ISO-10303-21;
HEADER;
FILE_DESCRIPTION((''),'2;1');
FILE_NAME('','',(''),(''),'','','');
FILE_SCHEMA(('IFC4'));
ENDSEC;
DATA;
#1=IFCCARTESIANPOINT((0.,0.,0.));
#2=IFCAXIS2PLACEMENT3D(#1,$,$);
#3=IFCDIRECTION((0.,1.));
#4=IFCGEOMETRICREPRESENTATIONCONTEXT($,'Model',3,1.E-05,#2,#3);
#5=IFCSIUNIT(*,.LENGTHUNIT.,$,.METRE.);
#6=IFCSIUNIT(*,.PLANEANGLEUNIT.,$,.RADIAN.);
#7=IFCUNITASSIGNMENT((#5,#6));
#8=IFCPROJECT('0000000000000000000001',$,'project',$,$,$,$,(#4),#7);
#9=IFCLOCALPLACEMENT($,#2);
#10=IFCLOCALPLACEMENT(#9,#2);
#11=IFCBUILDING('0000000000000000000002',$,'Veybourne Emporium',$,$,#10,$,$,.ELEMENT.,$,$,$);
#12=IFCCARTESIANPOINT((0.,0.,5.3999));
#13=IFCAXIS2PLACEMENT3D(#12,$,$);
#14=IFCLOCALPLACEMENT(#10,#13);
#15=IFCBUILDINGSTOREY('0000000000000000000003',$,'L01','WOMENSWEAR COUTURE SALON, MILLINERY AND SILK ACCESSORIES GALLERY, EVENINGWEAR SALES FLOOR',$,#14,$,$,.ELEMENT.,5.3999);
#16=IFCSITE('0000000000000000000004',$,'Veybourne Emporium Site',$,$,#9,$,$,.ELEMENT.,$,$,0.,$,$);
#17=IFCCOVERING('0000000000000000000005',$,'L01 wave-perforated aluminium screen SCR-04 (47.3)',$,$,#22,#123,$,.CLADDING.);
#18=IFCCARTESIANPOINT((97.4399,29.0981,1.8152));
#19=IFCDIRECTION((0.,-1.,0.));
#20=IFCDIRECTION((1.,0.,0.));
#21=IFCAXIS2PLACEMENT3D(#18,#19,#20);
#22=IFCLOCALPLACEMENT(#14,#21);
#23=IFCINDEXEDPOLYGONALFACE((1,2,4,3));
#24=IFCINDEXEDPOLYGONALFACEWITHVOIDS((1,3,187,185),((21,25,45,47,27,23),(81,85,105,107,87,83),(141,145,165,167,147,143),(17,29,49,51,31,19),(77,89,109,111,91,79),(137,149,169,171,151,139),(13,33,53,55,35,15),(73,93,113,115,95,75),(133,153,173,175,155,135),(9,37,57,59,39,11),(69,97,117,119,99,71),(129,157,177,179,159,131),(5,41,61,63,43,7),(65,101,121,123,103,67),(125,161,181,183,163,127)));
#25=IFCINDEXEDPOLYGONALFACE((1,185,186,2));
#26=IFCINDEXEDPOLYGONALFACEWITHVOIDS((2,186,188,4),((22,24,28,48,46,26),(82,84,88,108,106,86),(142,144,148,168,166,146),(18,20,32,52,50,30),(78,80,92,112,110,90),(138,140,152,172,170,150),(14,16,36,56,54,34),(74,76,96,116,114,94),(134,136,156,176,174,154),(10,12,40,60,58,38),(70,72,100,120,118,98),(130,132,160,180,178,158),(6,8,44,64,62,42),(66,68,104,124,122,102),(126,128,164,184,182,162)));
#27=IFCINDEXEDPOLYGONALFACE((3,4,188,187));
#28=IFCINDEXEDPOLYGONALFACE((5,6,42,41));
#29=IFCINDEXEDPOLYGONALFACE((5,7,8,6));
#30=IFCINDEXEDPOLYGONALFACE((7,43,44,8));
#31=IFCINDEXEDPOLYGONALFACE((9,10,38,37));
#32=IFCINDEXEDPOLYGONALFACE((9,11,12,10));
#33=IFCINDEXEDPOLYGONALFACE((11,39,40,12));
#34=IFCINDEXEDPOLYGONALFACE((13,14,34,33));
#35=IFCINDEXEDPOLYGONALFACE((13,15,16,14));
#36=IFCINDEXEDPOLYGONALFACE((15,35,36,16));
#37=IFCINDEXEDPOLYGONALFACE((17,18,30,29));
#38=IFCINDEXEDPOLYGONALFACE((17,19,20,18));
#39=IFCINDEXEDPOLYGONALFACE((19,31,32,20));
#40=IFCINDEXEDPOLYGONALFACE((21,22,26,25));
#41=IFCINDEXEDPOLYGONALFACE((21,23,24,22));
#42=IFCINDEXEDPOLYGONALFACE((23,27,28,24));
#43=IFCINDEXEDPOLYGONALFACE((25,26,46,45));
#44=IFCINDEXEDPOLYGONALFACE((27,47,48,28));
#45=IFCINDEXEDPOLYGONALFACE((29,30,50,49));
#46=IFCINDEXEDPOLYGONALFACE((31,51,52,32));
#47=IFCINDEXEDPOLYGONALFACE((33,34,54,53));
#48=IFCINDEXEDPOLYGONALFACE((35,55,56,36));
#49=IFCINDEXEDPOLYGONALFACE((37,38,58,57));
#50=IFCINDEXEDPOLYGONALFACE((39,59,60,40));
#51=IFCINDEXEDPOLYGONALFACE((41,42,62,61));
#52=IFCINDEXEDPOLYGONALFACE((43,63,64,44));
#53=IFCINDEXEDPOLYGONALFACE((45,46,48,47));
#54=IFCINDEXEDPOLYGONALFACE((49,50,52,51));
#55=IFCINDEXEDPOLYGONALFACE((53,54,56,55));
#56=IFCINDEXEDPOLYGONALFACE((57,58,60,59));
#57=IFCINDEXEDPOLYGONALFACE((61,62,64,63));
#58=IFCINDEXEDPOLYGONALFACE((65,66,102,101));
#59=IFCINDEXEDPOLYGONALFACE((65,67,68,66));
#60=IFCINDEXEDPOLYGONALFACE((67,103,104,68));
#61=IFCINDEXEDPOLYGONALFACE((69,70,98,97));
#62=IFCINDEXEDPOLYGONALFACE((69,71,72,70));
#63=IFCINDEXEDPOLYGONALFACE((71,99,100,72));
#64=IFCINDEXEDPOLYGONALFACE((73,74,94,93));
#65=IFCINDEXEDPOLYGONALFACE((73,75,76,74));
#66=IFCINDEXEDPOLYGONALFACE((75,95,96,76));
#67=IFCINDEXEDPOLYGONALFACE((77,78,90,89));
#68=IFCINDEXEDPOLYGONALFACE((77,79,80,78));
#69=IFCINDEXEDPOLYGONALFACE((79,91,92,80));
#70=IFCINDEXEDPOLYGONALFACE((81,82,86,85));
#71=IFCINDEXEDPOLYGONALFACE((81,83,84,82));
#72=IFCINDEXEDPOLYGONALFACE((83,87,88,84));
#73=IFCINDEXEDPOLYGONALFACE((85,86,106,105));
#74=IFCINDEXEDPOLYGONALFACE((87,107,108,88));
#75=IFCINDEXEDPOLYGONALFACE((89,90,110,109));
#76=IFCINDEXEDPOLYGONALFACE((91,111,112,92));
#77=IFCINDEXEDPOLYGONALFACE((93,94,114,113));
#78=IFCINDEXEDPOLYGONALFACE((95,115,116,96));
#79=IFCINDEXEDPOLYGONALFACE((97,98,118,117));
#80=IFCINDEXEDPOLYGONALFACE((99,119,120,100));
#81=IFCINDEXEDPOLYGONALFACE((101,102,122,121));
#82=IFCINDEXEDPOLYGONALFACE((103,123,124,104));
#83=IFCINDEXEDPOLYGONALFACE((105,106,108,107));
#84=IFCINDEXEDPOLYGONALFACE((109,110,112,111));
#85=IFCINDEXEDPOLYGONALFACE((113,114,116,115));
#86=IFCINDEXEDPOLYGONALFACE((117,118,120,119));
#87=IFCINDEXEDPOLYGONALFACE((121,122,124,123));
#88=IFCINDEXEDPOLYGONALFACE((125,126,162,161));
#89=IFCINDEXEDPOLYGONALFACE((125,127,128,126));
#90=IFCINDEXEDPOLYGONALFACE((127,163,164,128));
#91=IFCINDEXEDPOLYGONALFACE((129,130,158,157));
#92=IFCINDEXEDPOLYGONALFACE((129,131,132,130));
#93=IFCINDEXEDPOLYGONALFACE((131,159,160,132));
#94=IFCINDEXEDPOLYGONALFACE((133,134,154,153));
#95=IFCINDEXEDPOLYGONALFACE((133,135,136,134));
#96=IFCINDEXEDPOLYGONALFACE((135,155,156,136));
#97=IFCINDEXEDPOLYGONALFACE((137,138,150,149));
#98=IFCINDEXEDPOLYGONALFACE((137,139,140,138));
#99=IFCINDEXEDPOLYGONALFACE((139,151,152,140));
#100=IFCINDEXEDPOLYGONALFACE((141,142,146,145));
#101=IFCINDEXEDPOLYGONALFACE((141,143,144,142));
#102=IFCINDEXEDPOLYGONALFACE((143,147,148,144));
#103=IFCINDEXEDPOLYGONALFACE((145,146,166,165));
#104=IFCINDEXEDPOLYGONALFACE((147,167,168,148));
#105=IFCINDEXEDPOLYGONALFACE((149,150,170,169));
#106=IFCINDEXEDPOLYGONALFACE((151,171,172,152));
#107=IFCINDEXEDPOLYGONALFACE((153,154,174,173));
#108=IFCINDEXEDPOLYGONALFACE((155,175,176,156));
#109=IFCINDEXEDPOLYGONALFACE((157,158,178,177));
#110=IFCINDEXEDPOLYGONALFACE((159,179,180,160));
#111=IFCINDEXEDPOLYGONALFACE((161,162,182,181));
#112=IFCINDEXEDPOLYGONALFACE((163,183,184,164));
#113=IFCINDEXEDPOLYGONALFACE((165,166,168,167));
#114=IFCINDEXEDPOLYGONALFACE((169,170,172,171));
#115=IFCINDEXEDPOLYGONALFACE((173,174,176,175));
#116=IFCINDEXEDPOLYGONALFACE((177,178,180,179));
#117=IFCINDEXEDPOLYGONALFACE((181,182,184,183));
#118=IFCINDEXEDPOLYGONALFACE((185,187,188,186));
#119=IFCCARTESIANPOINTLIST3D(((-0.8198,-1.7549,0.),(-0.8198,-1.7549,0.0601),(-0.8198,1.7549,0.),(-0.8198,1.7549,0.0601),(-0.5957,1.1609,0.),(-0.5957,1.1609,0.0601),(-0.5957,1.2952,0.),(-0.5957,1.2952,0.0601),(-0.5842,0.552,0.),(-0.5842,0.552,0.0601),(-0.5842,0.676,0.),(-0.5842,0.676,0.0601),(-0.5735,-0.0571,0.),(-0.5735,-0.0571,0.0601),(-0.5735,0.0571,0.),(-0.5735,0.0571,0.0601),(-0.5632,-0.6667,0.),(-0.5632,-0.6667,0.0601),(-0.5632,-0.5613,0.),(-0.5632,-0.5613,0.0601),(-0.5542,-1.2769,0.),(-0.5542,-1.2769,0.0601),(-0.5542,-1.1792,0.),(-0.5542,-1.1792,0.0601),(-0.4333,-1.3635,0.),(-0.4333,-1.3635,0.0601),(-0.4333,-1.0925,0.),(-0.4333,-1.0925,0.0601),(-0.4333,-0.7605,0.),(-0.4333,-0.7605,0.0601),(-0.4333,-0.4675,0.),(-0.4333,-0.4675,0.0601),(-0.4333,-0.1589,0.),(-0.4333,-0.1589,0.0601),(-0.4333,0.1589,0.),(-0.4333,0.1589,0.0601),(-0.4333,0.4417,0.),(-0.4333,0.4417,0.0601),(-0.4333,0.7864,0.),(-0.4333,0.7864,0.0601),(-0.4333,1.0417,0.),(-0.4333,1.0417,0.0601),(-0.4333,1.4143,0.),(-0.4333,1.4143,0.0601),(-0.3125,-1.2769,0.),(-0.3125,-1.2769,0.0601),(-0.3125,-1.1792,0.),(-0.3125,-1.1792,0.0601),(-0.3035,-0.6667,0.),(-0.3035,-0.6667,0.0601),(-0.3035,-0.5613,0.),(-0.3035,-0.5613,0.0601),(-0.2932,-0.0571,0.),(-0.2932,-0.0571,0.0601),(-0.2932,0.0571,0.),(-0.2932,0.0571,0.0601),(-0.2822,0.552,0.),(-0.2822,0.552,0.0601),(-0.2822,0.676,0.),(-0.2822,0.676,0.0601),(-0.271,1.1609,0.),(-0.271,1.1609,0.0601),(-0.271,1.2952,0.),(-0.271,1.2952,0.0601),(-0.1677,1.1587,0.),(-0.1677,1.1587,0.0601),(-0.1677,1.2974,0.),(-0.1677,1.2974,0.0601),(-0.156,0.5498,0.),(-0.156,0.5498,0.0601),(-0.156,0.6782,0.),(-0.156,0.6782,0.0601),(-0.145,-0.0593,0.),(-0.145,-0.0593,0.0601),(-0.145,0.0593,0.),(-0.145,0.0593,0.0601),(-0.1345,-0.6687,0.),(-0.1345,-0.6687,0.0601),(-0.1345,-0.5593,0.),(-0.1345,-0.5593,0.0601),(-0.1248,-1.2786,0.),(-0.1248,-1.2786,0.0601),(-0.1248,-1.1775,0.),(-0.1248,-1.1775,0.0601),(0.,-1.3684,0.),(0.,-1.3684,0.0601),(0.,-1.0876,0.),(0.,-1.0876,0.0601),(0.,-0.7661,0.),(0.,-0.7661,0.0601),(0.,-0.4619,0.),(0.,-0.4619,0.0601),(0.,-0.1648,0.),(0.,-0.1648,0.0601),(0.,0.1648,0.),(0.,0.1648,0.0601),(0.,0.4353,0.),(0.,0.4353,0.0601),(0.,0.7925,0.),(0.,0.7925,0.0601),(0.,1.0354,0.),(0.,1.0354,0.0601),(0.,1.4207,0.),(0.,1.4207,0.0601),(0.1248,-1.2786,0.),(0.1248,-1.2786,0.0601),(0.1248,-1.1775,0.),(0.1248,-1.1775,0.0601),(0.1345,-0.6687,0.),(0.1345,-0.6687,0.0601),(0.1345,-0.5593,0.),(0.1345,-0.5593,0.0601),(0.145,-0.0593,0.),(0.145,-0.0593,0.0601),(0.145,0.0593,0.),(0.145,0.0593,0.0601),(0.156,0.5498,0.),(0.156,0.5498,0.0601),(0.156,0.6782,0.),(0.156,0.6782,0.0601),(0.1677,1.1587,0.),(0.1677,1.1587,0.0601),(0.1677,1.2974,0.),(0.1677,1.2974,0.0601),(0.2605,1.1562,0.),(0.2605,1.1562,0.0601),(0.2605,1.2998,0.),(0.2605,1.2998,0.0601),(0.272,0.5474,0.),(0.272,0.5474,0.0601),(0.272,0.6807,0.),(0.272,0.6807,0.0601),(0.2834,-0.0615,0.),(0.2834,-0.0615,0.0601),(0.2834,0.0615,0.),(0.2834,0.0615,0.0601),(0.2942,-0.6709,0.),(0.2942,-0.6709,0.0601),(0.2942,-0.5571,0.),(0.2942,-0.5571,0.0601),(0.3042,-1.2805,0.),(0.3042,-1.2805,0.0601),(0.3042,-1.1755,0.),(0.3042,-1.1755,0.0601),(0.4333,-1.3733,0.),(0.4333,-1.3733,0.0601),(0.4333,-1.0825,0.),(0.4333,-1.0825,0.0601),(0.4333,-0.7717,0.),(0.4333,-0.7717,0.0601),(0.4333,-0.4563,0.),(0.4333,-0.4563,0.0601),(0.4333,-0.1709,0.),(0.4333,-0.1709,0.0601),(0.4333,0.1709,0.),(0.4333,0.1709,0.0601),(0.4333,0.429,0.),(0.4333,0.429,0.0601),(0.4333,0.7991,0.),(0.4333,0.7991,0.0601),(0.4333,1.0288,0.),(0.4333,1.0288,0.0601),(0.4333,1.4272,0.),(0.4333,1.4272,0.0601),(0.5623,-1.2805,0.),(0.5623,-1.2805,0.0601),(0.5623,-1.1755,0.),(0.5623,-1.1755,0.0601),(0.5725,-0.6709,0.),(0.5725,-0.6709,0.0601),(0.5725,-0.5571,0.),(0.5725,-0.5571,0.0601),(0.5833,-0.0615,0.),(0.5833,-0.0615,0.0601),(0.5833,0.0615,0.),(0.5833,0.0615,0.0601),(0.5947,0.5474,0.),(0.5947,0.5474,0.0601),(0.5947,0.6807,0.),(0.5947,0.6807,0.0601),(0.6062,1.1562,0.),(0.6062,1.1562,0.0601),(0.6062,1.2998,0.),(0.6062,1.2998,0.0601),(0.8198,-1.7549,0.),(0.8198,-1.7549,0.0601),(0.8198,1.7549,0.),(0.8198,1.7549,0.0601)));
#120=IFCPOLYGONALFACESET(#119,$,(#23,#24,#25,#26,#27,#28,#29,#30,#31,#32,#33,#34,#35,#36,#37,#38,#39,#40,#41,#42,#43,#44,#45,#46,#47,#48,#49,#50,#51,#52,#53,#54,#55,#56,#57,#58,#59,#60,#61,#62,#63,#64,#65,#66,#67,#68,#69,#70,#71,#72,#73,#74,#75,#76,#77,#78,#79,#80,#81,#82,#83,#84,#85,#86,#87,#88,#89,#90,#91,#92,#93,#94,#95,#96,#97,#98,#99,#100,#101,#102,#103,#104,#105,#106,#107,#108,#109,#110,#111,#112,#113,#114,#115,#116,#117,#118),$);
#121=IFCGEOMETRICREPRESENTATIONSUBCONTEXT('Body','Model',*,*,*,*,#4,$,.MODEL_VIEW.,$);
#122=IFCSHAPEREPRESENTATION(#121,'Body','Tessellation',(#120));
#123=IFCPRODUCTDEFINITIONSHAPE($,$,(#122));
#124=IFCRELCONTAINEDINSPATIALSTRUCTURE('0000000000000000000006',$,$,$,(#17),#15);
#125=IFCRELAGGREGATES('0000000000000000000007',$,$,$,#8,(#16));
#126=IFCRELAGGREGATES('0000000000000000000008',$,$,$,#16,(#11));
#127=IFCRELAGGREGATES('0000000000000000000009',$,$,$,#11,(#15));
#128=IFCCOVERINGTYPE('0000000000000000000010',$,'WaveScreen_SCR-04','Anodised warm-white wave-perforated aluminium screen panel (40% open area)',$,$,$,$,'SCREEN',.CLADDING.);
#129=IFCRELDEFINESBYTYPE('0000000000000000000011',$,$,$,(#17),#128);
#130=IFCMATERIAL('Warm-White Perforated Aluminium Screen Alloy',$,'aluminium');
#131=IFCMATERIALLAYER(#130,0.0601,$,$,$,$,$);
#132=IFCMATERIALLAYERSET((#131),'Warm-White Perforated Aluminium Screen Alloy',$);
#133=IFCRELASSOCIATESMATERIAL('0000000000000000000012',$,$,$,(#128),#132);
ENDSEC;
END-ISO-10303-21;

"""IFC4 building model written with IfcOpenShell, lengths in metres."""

from ifc_helpers import new_model, si_unit, direction, frame, origin, place, context, subcontext, project, spatial, polyline, outline, extrude, material, layer, layer_set, type_object, element, save


model = new_model("IFC4")

# Units and contexts
model_context = context("Model", 3, precision=1e-05, world=origin(), true_north=direction((0.0, 1.0)))
body_context = subcontext(model_context, "Body", "Model", "MODEL_VIEW")
ifc_project = project(units=[si_unit("LENGTHUNIT", "METRE"), si_unit("PLANEANGLEUNIT", "RADIAN")], contexts=[model_context])

# Site, building, storey
site_placement = place(None, origin())
site = spatial("IfcSite", under=ifc_project, at=site_placement, Name="Veybourne Emporium Site", CompositionType="ELEMENT", RefElevation=0.0)
building_placement = place(site_placement, origin())
building = spatial("IfcBuilding", under=site, at=building_placement, Name="Veybourne Emporium", CompositionType="ELEMENT")
storey_placement = place(building_placement, frame((0.0, 0.0, 5.3999)))
storey = spatial("IfcBuildingStorey", under=building, at=storey_placement, Name="L01", Description="WOMENSWEAR COUTURE SALON, MILLINERY AND SILK ACCESSORIES GALLERY, EVENINGWEAR SALES FLOOR", CompositionType="ELEMENT", Elevation=5.3999)

# Covering
ifc_material_1 = material(Name="Warm-White Perforated Aluminium Screen Alloy", Category="aluminium")
ifc_layer_1 = layer(ifc_material_1, 0.0601)
ifc_layer_set_1 = layer_set([ifc_layer_1], Name="Warm-White Perforated Aluminium Screen Alloy")
covering_type_1 = type_object("IfcCoveringType", Name="WaveScreen_SCR-04", Description="Anodised warm-white wave-perforated aluminium screen panel (40% open area)", ElementType="SCREEN", PredefinedType="CLADDING", material=ifc_layer_set_1)
covering_1_placement = place(storey_placement, frame((97.4399, 29.0981, 1.8152), z_axis=(0.0, -1.0, 0.0), x_axis=(1.0, 0.0, 0.0)))
element("IfcCovering", 1, at=covering_1_placement, inside=storey, type_object=covering_type_1, Name="L01 wave-perforated aluminium screen SCR-04 (47.3)", PredefinedType="CLADDING", context=body_context, shape_type="SweptSolid", body=[
    extrude(outline(polyline([(-0.8198, -1.7549), (0.8198, -1.7549), (0.8198, 1.7549), (-0.8198, 1.7549), (-0.8198, -1.7549)]), holes=[polyline([(-0.4333, -1.0925), (-0.3125, -1.1792), (-0.3125, -1.2769), (-0.4333, -1.3635), (-0.5542, -1.2769), (-0.5542, -1.1792), (-0.4333, -1.0925)]), polyline([(-0.4333, -0.4675), (-0.3035, -0.5613), (-0.3035, -0.6667), (-0.4333, -0.7605), (-0.5632, -0.6667), (-0.5632, -0.5613), (-0.4333, -0.4675)]), polyline([(-0.4333, 0.1589), (-0.2932, 0.0571), (-0.2932, -0.0571), (-0.4333, -0.1589), (-0.5735, -0.0571), (-0.5735, 0.0571), (-0.4333, 0.1589)]), polyline([(-0.4333, 0.7864), (-0.2822, 0.676), (-0.2822, 0.552), (-0.4333, 0.4417), (-0.5842, 0.552), (-0.5842, 0.676), (-0.4333, 0.7864)]), polyline([(-0.4333, 1.4143), (-0.271, 1.2952), (-0.271, 1.1609), (-0.4333, 1.0417), (-0.5957, 1.1609), (-0.5957, 1.2952), (-0.4333, 1.4143)]), polyline([(0.0, -1.0876), (0.1248, -1.1775), (0.1248, -1.2786), (0.0, -1.3684), (-0.1248, -1.2786), (-0.1248, -1.1775), (0.0, -1.0876)]), polyline([(0.0, -0.4619), (0.1345, -0.5593), (0.1345, -0.6687), (0.0, -0.7661), (-0.1345, -0.6687), (-0.1345, -0.5593), (0.0, -0.4619)]), polyline([(0.0, 0.1648), (0.145, 0.0593), (0.145, -0.0593), (0.0, -0.1648), (-0.145, -0.0593), (-0.145, 0.0593), (0.0, 0.1648)]), polyline([(0.0, 0.7925), (0.156, 0.6782), (0.156, 0.5498), (0.0, 0.4353), (-0.156, 0.5498), (-0.156, 0.6782), (0.0, 0.7925)]), polyline([(0.0, 1.4207), (0.1677, 1.2974), (0.1677, 1.1587), (0.0, 1.0354), (-0.1677, 1.1587), (-0.1677, 1.2974), (0.0, 1.4207)]), polyline([(0.4333, -1.0825), (0.5623, -1.1755), (0.5623, -1.2805), (0.4333, -1.3733), (0.3042, -1.2805), (0.3042, -1.1755), (0.4333, -1.0825)]), polyline([(0.4333, -0.4563), (0.5725, -0.5571), (0.5725, -0.6709), (0.4333, -0.7717), (0.2942, -0.6709), (0.2942, -0.5571), (0.4333, -0.4563)]), polyline([(0.4333, 0.1709), (0.5833, 0.0615), (0.5833, -0.0615), (0.4333, -0.1709), (0.2834, -0.0615), (0.2834, 0.0615), (0.4333, 0.1709)]), polyline([(0.4333, 0.7991), (0.5947, 0.6807), (0.5947, 0.5474), (0.4333, 0.429), (0.272, 0.5474), (0.272, 0.6807), (0.4333, 0.7991)]), polyline([(0.4333, 1.4272), (0.6062, 1.2998), (0.6062, 1.1562), (0.4333, 1.0288), (0.2605, 1.1562), (0.2605, 1.2998), (0.4333, 1.4272)])]), origin(), (0.0, 0.0, 1.0), 0.0601),
])

save(model, "model.ifc")
